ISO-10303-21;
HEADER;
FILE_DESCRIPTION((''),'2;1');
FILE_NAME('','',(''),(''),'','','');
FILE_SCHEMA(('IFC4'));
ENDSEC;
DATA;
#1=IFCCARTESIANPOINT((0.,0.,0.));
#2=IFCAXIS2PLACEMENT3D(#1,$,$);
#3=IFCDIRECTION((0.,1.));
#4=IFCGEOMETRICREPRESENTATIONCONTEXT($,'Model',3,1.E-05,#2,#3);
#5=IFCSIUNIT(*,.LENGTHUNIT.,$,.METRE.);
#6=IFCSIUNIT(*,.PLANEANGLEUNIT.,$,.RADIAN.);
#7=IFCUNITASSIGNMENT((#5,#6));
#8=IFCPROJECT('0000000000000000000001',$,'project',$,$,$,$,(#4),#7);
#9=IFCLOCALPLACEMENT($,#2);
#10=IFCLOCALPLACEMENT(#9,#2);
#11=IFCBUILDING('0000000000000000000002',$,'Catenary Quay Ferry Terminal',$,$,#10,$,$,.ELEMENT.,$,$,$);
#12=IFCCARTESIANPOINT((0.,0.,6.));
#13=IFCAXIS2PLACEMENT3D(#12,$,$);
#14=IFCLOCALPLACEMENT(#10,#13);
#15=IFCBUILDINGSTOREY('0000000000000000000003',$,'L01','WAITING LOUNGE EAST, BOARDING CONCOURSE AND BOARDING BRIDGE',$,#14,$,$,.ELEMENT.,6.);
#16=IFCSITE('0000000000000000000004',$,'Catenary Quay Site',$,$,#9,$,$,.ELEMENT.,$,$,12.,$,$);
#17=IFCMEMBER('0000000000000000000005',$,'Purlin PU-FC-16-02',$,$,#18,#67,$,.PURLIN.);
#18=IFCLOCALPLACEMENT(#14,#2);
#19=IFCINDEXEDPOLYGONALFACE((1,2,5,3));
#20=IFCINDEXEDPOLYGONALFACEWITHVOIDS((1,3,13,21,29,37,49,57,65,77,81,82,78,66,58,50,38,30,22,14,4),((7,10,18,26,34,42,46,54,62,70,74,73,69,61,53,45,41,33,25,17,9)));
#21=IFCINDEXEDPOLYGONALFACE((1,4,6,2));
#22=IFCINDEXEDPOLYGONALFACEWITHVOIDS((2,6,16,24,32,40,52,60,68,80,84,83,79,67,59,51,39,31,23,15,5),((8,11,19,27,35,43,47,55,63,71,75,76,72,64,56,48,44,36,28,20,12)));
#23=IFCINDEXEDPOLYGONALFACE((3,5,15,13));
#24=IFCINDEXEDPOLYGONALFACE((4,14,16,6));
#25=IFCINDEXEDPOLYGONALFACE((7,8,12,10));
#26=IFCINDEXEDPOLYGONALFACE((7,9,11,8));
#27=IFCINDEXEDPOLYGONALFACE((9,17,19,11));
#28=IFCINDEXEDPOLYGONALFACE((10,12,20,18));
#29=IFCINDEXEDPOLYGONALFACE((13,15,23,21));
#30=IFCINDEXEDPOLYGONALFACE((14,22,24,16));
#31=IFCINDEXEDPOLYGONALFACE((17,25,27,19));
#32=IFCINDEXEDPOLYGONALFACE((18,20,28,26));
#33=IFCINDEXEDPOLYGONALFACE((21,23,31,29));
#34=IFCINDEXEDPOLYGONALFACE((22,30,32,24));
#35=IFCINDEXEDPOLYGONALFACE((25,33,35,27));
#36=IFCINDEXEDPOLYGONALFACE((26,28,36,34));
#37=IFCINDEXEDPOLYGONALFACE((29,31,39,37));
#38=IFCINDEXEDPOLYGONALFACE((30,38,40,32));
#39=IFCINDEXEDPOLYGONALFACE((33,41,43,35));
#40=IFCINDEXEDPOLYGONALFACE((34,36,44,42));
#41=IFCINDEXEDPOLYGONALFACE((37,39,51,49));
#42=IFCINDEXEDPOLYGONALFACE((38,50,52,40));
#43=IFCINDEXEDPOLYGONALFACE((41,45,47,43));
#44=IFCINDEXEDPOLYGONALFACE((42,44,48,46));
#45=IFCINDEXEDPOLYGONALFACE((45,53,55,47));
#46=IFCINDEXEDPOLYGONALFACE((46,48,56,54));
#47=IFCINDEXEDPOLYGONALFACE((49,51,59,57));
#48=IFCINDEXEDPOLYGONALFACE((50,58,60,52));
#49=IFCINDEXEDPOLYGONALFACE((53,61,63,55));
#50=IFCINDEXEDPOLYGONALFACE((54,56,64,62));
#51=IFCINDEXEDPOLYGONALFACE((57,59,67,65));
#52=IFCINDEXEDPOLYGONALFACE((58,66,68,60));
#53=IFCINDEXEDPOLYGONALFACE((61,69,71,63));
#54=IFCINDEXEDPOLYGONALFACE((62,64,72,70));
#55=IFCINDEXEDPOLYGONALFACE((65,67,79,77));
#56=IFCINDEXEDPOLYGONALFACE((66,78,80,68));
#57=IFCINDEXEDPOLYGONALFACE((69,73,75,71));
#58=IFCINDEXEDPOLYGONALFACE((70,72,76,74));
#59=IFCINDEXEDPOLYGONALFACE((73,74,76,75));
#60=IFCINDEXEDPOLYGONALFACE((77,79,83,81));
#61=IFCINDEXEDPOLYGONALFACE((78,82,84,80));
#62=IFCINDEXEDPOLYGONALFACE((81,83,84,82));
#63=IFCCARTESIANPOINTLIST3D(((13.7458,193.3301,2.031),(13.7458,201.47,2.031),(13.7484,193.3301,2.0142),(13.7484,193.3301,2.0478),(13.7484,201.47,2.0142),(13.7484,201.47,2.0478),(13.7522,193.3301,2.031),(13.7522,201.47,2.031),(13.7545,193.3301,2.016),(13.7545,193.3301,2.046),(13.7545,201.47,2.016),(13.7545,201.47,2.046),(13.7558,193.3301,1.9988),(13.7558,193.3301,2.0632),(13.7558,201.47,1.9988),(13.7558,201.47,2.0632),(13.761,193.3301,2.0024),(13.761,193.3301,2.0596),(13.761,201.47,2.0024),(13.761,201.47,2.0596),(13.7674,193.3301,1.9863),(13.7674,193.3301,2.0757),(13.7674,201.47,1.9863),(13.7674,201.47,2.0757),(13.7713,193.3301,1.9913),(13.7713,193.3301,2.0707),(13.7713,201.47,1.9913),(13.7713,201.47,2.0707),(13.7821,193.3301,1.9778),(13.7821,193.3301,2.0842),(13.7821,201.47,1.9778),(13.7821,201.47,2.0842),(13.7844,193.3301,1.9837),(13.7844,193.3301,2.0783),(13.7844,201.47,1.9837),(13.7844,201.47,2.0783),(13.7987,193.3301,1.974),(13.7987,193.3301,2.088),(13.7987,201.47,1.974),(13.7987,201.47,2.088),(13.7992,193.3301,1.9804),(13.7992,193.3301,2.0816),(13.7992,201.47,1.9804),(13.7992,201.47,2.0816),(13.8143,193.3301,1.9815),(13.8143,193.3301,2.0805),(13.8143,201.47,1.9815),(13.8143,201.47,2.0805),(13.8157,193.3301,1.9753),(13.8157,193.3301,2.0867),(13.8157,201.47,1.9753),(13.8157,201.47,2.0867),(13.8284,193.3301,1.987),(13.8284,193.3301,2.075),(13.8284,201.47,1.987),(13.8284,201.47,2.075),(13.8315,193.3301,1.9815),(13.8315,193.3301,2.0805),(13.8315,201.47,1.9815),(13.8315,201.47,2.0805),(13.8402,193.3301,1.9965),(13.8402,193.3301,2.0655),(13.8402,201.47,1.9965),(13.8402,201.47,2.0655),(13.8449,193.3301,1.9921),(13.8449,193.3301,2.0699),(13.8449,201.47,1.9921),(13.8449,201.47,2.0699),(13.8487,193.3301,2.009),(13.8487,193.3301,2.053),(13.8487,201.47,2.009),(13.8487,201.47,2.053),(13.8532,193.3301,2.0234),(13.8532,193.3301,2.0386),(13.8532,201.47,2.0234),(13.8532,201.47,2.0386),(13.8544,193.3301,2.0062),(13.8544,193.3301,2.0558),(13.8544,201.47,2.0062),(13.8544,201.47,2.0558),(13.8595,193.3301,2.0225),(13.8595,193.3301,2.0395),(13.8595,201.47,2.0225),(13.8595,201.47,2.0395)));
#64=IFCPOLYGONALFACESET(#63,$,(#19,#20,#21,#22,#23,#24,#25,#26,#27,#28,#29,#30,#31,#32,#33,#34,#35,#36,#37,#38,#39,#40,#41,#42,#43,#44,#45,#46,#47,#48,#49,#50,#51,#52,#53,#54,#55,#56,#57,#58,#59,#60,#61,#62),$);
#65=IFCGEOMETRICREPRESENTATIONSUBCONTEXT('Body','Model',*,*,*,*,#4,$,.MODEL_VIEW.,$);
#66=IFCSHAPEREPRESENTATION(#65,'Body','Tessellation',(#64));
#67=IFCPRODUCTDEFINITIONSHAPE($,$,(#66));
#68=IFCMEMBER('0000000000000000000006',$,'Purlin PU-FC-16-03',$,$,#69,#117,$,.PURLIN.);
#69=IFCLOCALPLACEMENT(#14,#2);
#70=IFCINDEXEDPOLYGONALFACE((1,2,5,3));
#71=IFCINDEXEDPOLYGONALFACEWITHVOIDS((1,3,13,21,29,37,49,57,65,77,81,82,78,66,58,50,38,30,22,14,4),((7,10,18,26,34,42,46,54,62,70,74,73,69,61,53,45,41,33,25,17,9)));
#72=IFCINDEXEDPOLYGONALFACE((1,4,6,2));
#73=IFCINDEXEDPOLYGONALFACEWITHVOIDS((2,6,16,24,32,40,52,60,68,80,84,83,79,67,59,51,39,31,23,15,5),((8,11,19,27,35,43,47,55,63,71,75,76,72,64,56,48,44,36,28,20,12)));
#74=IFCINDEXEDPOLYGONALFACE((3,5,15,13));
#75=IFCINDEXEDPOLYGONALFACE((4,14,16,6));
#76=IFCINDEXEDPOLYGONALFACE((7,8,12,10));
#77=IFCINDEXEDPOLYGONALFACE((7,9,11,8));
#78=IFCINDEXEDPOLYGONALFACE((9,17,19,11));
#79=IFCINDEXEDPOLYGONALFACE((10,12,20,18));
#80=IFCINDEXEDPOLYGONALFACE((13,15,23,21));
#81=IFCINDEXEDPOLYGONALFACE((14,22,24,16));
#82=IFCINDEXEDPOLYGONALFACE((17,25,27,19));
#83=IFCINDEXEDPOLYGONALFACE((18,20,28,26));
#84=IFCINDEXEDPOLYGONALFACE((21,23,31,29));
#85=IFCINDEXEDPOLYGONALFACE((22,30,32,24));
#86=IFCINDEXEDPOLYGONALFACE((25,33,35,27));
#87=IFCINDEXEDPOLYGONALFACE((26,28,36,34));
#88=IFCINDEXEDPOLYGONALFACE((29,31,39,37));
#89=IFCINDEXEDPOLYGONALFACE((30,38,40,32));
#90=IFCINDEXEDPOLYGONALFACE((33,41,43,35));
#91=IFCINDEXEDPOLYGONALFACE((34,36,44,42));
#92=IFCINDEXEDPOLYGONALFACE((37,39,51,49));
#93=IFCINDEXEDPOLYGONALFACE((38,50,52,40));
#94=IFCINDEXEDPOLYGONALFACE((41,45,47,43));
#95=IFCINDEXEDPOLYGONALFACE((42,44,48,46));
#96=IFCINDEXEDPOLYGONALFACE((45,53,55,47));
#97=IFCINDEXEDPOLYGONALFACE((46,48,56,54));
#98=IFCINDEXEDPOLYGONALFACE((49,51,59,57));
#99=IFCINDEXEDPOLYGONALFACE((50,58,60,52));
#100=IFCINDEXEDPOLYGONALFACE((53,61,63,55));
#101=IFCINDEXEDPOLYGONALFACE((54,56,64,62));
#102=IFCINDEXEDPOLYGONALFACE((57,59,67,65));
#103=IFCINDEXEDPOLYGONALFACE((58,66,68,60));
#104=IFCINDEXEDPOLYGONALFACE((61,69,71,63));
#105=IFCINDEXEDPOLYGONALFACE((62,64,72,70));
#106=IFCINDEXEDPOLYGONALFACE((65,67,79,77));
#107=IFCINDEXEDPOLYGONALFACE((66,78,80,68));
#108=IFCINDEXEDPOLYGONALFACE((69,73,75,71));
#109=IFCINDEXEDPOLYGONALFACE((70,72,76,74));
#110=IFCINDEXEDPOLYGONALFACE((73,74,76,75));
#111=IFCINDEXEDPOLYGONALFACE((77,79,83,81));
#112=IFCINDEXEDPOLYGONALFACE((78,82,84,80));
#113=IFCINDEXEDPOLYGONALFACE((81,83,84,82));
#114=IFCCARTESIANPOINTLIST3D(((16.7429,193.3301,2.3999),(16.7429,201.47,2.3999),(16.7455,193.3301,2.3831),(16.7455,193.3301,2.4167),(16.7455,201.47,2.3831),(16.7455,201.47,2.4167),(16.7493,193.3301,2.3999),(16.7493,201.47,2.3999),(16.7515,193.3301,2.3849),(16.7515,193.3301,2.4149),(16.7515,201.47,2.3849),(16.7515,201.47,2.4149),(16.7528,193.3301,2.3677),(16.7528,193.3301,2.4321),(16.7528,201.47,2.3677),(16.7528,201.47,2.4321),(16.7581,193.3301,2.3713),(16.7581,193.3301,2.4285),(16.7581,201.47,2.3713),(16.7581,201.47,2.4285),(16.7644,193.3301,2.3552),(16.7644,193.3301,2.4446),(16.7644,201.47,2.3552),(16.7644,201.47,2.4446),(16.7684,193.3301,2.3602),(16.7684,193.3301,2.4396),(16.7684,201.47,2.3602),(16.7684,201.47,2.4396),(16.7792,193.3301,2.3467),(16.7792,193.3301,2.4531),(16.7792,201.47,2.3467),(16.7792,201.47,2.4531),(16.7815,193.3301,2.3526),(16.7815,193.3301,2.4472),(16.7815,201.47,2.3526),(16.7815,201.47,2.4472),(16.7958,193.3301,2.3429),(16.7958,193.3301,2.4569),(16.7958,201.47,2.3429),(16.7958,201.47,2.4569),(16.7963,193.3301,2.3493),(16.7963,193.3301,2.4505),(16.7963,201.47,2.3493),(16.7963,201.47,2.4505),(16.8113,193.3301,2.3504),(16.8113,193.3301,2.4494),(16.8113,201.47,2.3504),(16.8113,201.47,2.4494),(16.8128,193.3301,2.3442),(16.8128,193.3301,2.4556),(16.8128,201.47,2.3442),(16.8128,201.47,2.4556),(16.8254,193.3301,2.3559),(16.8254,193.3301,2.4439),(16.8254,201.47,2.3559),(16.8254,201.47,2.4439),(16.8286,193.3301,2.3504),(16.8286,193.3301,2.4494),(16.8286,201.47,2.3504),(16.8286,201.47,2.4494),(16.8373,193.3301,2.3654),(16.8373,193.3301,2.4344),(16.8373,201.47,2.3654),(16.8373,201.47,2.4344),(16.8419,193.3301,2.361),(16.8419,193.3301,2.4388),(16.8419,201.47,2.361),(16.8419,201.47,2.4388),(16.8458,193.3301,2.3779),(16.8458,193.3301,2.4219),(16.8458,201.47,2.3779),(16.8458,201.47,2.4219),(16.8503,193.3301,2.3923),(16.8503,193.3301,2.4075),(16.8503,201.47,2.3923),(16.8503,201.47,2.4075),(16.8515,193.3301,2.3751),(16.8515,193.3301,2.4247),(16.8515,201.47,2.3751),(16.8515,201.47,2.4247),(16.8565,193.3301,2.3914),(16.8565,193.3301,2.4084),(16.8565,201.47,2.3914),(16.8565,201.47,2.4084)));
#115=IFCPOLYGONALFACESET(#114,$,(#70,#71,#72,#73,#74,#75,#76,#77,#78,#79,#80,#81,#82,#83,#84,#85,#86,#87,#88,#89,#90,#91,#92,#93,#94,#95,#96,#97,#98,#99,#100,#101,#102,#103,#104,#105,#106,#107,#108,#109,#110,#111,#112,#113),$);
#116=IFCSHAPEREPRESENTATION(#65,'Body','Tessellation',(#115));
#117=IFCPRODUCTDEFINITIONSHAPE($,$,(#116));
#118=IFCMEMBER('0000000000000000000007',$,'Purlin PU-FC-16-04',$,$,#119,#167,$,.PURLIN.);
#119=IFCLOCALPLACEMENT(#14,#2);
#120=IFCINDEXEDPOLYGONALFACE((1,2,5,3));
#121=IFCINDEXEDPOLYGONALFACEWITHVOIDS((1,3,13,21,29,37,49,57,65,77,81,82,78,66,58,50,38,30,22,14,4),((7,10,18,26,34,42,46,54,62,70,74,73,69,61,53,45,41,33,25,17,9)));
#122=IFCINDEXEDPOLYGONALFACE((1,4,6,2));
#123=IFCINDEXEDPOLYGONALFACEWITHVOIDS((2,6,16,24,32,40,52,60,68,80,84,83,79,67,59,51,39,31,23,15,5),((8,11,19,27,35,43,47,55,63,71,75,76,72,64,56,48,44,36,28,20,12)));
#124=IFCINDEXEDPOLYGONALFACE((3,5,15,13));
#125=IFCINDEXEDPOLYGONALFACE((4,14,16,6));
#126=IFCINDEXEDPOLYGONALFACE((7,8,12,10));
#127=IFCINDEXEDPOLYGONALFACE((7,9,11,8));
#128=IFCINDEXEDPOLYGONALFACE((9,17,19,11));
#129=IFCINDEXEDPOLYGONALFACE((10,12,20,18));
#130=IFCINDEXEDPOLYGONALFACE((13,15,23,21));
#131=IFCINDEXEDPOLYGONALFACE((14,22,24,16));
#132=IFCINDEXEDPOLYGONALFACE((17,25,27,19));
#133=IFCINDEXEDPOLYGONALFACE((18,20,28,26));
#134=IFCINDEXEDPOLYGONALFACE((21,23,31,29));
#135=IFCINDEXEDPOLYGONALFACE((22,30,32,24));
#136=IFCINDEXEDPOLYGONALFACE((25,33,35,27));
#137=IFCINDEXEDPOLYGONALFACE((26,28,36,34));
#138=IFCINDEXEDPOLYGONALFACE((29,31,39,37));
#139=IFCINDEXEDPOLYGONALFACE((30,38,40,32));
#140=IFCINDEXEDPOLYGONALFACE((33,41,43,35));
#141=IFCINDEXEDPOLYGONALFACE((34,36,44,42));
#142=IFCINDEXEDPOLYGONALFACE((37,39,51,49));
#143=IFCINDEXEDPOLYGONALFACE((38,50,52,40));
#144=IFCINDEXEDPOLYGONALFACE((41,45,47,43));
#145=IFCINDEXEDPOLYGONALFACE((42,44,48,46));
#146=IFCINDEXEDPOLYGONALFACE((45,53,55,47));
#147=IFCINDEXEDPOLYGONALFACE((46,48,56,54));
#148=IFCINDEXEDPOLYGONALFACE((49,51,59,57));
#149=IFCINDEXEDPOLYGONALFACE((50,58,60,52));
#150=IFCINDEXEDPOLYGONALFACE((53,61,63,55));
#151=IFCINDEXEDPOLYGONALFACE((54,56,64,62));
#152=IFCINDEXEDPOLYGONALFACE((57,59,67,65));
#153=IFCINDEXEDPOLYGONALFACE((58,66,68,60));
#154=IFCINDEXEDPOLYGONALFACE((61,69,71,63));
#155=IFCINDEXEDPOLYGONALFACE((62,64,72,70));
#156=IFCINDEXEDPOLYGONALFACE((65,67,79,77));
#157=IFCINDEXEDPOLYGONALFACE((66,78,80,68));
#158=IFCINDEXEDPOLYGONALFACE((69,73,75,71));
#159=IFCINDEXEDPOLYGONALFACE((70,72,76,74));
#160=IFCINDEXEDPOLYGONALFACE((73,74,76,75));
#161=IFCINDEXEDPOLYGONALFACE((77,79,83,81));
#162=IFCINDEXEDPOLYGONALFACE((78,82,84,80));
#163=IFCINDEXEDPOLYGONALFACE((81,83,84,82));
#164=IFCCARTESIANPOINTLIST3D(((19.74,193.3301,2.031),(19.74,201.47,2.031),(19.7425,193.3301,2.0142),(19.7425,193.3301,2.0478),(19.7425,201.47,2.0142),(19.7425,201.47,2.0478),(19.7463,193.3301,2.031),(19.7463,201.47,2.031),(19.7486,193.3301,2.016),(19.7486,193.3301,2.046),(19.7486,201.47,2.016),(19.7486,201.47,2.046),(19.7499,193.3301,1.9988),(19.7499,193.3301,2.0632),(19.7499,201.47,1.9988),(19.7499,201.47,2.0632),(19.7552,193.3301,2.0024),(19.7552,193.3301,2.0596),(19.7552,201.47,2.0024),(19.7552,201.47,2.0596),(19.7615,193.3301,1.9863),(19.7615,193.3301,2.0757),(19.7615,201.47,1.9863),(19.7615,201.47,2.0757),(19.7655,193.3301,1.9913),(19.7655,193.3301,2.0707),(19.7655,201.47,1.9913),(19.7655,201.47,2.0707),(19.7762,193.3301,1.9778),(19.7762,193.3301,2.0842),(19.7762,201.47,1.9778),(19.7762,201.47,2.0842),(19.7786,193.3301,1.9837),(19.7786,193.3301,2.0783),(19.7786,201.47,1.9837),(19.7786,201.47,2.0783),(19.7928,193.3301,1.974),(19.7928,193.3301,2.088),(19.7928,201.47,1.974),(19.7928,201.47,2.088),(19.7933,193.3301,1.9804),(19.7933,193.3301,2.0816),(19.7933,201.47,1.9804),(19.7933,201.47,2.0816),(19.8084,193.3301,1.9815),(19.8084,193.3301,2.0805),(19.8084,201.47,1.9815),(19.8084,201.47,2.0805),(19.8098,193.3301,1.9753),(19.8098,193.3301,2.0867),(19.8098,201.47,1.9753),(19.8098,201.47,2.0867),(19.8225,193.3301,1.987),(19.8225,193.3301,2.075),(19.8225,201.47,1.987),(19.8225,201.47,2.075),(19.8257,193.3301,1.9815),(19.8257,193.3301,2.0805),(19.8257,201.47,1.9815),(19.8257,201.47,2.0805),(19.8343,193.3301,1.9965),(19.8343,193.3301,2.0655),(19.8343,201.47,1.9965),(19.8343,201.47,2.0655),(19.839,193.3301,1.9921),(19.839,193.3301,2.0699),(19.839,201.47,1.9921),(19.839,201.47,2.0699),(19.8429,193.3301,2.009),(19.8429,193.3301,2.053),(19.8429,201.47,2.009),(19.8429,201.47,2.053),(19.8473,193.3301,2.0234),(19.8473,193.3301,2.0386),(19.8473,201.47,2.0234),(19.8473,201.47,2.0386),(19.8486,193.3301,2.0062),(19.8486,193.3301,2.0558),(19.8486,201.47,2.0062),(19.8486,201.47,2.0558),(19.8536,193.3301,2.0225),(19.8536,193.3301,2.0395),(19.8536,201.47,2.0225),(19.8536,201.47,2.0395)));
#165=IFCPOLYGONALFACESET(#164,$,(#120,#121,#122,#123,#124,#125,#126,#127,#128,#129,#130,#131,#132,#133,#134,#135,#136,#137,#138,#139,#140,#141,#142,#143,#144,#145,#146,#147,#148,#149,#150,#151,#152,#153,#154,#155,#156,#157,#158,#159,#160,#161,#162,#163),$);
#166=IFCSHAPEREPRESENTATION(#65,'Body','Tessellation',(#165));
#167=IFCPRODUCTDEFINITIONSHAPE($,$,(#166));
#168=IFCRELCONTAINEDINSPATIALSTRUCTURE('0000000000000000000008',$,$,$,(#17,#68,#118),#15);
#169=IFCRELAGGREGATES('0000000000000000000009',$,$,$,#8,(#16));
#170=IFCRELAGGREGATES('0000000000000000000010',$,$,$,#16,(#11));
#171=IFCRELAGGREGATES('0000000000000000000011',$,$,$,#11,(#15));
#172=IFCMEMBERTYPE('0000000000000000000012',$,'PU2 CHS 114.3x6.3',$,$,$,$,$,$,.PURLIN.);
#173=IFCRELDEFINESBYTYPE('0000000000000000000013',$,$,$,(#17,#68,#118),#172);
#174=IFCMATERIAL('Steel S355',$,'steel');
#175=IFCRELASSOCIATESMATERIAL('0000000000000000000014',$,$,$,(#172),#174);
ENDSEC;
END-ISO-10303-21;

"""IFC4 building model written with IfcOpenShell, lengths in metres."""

from ifc_helpers import new_model, si_unit, direction, frame, origin, origin_2d, place, context, subcontext, project, spatial, hollow_circle, extrude, material, material_profile, profile_set, type_object, element, save


model = new_model("IFC4")

# Units and contexts
model_context = context("Model", 3, precision=1e-05, world=origin(), true_north=direction((0.0, 1.0)))
body_context = subcontext(model_context, "Body", "Model", "MODEL_VIEW")
ifc_project = project(units=[si_unit("LENGTHUNIT", "METRE"), si_unit("PLANEANGLEUNIT", "RADIAN")], contexts=[model_context])

# Site, building, storey
site_placement = place(None, origin())
site = spatial("IfcSite", under=ifc_project, at=site_placement, Name="Catenary Quay Site", CompositionType="ELEMENT", RefElevation=12.0)
building_placement = place(site_placement, origin())
building = spatial("IfcBuilding", under=site, at=building_placement, Name="Catenary Quay Ferry Terminal", CompositionType="ELEMENT")
storey_placement = place(building_placement, frame((0.0, 0.0, 6.0)))
storey = spatial("IfcBuildingStorey", under=building, at=storey_placement, Name="L01", Description="WAITING LOUNGE EAST, BOARDING CONCOURSE AND BOARDING BRIDGE", CompositionType="ELEMENT", Elevation=6.0)

# Members
ifc_material_1 = material(Name="Steel S355", Category="steel")
ifc_material_profile_1 = material_profile(ifc_material_1, hollow_circle(Radius=0.0571, WallThickness=0.0063, at=origin_2d()), Name="CHS 114.3x6.3")
ifc_profile_set_1 = profile_set([ifc_material_profile_1], Name="Steel S355")
member_type_1 = type_object("IfcMemberType", Name="PU2 CHS 114.3x6.3", PredefinedType="PURLIN", material=ifc_profile_set_1)
for number, where, z_axis, x_axis, name in (
    (1, (13.803, 193.3301, 2.031), (0.0, 1.0, 0.0), (-1.0, 0.0, 0.0), "Purlin PU-FC-16-02"),
    (2, (16.8, 193.3301, 2.3999), (0.0, 1.0, 0.0), (-1.0, 0.0, 0.0), "Purlin PU-FC-16-03"),
    (3, (19.7971, 193.3301, 2.031), (0.0, 1.0, 0.0), (-1.0, 0.0, 0.0), "Purlin PU-FC-16-04"),
):
    element("IfcMember", number, at=place(storey_placement, frame(where, z_axis=z_axis, x_axis=x_axis)), inside=storey, type_object=member_type_1, Name=name, PredefinedType="PURLIN", context=body_context, shape_type="SweptSolid", body=[
        extrude(hollow_circle(Radius=0.0571, WallThickness=0.0063, at=origin_2d()), origin(), (0.0, 0.0, 1.0), 8.1399),
    ])

save(model, "model.ifc")
